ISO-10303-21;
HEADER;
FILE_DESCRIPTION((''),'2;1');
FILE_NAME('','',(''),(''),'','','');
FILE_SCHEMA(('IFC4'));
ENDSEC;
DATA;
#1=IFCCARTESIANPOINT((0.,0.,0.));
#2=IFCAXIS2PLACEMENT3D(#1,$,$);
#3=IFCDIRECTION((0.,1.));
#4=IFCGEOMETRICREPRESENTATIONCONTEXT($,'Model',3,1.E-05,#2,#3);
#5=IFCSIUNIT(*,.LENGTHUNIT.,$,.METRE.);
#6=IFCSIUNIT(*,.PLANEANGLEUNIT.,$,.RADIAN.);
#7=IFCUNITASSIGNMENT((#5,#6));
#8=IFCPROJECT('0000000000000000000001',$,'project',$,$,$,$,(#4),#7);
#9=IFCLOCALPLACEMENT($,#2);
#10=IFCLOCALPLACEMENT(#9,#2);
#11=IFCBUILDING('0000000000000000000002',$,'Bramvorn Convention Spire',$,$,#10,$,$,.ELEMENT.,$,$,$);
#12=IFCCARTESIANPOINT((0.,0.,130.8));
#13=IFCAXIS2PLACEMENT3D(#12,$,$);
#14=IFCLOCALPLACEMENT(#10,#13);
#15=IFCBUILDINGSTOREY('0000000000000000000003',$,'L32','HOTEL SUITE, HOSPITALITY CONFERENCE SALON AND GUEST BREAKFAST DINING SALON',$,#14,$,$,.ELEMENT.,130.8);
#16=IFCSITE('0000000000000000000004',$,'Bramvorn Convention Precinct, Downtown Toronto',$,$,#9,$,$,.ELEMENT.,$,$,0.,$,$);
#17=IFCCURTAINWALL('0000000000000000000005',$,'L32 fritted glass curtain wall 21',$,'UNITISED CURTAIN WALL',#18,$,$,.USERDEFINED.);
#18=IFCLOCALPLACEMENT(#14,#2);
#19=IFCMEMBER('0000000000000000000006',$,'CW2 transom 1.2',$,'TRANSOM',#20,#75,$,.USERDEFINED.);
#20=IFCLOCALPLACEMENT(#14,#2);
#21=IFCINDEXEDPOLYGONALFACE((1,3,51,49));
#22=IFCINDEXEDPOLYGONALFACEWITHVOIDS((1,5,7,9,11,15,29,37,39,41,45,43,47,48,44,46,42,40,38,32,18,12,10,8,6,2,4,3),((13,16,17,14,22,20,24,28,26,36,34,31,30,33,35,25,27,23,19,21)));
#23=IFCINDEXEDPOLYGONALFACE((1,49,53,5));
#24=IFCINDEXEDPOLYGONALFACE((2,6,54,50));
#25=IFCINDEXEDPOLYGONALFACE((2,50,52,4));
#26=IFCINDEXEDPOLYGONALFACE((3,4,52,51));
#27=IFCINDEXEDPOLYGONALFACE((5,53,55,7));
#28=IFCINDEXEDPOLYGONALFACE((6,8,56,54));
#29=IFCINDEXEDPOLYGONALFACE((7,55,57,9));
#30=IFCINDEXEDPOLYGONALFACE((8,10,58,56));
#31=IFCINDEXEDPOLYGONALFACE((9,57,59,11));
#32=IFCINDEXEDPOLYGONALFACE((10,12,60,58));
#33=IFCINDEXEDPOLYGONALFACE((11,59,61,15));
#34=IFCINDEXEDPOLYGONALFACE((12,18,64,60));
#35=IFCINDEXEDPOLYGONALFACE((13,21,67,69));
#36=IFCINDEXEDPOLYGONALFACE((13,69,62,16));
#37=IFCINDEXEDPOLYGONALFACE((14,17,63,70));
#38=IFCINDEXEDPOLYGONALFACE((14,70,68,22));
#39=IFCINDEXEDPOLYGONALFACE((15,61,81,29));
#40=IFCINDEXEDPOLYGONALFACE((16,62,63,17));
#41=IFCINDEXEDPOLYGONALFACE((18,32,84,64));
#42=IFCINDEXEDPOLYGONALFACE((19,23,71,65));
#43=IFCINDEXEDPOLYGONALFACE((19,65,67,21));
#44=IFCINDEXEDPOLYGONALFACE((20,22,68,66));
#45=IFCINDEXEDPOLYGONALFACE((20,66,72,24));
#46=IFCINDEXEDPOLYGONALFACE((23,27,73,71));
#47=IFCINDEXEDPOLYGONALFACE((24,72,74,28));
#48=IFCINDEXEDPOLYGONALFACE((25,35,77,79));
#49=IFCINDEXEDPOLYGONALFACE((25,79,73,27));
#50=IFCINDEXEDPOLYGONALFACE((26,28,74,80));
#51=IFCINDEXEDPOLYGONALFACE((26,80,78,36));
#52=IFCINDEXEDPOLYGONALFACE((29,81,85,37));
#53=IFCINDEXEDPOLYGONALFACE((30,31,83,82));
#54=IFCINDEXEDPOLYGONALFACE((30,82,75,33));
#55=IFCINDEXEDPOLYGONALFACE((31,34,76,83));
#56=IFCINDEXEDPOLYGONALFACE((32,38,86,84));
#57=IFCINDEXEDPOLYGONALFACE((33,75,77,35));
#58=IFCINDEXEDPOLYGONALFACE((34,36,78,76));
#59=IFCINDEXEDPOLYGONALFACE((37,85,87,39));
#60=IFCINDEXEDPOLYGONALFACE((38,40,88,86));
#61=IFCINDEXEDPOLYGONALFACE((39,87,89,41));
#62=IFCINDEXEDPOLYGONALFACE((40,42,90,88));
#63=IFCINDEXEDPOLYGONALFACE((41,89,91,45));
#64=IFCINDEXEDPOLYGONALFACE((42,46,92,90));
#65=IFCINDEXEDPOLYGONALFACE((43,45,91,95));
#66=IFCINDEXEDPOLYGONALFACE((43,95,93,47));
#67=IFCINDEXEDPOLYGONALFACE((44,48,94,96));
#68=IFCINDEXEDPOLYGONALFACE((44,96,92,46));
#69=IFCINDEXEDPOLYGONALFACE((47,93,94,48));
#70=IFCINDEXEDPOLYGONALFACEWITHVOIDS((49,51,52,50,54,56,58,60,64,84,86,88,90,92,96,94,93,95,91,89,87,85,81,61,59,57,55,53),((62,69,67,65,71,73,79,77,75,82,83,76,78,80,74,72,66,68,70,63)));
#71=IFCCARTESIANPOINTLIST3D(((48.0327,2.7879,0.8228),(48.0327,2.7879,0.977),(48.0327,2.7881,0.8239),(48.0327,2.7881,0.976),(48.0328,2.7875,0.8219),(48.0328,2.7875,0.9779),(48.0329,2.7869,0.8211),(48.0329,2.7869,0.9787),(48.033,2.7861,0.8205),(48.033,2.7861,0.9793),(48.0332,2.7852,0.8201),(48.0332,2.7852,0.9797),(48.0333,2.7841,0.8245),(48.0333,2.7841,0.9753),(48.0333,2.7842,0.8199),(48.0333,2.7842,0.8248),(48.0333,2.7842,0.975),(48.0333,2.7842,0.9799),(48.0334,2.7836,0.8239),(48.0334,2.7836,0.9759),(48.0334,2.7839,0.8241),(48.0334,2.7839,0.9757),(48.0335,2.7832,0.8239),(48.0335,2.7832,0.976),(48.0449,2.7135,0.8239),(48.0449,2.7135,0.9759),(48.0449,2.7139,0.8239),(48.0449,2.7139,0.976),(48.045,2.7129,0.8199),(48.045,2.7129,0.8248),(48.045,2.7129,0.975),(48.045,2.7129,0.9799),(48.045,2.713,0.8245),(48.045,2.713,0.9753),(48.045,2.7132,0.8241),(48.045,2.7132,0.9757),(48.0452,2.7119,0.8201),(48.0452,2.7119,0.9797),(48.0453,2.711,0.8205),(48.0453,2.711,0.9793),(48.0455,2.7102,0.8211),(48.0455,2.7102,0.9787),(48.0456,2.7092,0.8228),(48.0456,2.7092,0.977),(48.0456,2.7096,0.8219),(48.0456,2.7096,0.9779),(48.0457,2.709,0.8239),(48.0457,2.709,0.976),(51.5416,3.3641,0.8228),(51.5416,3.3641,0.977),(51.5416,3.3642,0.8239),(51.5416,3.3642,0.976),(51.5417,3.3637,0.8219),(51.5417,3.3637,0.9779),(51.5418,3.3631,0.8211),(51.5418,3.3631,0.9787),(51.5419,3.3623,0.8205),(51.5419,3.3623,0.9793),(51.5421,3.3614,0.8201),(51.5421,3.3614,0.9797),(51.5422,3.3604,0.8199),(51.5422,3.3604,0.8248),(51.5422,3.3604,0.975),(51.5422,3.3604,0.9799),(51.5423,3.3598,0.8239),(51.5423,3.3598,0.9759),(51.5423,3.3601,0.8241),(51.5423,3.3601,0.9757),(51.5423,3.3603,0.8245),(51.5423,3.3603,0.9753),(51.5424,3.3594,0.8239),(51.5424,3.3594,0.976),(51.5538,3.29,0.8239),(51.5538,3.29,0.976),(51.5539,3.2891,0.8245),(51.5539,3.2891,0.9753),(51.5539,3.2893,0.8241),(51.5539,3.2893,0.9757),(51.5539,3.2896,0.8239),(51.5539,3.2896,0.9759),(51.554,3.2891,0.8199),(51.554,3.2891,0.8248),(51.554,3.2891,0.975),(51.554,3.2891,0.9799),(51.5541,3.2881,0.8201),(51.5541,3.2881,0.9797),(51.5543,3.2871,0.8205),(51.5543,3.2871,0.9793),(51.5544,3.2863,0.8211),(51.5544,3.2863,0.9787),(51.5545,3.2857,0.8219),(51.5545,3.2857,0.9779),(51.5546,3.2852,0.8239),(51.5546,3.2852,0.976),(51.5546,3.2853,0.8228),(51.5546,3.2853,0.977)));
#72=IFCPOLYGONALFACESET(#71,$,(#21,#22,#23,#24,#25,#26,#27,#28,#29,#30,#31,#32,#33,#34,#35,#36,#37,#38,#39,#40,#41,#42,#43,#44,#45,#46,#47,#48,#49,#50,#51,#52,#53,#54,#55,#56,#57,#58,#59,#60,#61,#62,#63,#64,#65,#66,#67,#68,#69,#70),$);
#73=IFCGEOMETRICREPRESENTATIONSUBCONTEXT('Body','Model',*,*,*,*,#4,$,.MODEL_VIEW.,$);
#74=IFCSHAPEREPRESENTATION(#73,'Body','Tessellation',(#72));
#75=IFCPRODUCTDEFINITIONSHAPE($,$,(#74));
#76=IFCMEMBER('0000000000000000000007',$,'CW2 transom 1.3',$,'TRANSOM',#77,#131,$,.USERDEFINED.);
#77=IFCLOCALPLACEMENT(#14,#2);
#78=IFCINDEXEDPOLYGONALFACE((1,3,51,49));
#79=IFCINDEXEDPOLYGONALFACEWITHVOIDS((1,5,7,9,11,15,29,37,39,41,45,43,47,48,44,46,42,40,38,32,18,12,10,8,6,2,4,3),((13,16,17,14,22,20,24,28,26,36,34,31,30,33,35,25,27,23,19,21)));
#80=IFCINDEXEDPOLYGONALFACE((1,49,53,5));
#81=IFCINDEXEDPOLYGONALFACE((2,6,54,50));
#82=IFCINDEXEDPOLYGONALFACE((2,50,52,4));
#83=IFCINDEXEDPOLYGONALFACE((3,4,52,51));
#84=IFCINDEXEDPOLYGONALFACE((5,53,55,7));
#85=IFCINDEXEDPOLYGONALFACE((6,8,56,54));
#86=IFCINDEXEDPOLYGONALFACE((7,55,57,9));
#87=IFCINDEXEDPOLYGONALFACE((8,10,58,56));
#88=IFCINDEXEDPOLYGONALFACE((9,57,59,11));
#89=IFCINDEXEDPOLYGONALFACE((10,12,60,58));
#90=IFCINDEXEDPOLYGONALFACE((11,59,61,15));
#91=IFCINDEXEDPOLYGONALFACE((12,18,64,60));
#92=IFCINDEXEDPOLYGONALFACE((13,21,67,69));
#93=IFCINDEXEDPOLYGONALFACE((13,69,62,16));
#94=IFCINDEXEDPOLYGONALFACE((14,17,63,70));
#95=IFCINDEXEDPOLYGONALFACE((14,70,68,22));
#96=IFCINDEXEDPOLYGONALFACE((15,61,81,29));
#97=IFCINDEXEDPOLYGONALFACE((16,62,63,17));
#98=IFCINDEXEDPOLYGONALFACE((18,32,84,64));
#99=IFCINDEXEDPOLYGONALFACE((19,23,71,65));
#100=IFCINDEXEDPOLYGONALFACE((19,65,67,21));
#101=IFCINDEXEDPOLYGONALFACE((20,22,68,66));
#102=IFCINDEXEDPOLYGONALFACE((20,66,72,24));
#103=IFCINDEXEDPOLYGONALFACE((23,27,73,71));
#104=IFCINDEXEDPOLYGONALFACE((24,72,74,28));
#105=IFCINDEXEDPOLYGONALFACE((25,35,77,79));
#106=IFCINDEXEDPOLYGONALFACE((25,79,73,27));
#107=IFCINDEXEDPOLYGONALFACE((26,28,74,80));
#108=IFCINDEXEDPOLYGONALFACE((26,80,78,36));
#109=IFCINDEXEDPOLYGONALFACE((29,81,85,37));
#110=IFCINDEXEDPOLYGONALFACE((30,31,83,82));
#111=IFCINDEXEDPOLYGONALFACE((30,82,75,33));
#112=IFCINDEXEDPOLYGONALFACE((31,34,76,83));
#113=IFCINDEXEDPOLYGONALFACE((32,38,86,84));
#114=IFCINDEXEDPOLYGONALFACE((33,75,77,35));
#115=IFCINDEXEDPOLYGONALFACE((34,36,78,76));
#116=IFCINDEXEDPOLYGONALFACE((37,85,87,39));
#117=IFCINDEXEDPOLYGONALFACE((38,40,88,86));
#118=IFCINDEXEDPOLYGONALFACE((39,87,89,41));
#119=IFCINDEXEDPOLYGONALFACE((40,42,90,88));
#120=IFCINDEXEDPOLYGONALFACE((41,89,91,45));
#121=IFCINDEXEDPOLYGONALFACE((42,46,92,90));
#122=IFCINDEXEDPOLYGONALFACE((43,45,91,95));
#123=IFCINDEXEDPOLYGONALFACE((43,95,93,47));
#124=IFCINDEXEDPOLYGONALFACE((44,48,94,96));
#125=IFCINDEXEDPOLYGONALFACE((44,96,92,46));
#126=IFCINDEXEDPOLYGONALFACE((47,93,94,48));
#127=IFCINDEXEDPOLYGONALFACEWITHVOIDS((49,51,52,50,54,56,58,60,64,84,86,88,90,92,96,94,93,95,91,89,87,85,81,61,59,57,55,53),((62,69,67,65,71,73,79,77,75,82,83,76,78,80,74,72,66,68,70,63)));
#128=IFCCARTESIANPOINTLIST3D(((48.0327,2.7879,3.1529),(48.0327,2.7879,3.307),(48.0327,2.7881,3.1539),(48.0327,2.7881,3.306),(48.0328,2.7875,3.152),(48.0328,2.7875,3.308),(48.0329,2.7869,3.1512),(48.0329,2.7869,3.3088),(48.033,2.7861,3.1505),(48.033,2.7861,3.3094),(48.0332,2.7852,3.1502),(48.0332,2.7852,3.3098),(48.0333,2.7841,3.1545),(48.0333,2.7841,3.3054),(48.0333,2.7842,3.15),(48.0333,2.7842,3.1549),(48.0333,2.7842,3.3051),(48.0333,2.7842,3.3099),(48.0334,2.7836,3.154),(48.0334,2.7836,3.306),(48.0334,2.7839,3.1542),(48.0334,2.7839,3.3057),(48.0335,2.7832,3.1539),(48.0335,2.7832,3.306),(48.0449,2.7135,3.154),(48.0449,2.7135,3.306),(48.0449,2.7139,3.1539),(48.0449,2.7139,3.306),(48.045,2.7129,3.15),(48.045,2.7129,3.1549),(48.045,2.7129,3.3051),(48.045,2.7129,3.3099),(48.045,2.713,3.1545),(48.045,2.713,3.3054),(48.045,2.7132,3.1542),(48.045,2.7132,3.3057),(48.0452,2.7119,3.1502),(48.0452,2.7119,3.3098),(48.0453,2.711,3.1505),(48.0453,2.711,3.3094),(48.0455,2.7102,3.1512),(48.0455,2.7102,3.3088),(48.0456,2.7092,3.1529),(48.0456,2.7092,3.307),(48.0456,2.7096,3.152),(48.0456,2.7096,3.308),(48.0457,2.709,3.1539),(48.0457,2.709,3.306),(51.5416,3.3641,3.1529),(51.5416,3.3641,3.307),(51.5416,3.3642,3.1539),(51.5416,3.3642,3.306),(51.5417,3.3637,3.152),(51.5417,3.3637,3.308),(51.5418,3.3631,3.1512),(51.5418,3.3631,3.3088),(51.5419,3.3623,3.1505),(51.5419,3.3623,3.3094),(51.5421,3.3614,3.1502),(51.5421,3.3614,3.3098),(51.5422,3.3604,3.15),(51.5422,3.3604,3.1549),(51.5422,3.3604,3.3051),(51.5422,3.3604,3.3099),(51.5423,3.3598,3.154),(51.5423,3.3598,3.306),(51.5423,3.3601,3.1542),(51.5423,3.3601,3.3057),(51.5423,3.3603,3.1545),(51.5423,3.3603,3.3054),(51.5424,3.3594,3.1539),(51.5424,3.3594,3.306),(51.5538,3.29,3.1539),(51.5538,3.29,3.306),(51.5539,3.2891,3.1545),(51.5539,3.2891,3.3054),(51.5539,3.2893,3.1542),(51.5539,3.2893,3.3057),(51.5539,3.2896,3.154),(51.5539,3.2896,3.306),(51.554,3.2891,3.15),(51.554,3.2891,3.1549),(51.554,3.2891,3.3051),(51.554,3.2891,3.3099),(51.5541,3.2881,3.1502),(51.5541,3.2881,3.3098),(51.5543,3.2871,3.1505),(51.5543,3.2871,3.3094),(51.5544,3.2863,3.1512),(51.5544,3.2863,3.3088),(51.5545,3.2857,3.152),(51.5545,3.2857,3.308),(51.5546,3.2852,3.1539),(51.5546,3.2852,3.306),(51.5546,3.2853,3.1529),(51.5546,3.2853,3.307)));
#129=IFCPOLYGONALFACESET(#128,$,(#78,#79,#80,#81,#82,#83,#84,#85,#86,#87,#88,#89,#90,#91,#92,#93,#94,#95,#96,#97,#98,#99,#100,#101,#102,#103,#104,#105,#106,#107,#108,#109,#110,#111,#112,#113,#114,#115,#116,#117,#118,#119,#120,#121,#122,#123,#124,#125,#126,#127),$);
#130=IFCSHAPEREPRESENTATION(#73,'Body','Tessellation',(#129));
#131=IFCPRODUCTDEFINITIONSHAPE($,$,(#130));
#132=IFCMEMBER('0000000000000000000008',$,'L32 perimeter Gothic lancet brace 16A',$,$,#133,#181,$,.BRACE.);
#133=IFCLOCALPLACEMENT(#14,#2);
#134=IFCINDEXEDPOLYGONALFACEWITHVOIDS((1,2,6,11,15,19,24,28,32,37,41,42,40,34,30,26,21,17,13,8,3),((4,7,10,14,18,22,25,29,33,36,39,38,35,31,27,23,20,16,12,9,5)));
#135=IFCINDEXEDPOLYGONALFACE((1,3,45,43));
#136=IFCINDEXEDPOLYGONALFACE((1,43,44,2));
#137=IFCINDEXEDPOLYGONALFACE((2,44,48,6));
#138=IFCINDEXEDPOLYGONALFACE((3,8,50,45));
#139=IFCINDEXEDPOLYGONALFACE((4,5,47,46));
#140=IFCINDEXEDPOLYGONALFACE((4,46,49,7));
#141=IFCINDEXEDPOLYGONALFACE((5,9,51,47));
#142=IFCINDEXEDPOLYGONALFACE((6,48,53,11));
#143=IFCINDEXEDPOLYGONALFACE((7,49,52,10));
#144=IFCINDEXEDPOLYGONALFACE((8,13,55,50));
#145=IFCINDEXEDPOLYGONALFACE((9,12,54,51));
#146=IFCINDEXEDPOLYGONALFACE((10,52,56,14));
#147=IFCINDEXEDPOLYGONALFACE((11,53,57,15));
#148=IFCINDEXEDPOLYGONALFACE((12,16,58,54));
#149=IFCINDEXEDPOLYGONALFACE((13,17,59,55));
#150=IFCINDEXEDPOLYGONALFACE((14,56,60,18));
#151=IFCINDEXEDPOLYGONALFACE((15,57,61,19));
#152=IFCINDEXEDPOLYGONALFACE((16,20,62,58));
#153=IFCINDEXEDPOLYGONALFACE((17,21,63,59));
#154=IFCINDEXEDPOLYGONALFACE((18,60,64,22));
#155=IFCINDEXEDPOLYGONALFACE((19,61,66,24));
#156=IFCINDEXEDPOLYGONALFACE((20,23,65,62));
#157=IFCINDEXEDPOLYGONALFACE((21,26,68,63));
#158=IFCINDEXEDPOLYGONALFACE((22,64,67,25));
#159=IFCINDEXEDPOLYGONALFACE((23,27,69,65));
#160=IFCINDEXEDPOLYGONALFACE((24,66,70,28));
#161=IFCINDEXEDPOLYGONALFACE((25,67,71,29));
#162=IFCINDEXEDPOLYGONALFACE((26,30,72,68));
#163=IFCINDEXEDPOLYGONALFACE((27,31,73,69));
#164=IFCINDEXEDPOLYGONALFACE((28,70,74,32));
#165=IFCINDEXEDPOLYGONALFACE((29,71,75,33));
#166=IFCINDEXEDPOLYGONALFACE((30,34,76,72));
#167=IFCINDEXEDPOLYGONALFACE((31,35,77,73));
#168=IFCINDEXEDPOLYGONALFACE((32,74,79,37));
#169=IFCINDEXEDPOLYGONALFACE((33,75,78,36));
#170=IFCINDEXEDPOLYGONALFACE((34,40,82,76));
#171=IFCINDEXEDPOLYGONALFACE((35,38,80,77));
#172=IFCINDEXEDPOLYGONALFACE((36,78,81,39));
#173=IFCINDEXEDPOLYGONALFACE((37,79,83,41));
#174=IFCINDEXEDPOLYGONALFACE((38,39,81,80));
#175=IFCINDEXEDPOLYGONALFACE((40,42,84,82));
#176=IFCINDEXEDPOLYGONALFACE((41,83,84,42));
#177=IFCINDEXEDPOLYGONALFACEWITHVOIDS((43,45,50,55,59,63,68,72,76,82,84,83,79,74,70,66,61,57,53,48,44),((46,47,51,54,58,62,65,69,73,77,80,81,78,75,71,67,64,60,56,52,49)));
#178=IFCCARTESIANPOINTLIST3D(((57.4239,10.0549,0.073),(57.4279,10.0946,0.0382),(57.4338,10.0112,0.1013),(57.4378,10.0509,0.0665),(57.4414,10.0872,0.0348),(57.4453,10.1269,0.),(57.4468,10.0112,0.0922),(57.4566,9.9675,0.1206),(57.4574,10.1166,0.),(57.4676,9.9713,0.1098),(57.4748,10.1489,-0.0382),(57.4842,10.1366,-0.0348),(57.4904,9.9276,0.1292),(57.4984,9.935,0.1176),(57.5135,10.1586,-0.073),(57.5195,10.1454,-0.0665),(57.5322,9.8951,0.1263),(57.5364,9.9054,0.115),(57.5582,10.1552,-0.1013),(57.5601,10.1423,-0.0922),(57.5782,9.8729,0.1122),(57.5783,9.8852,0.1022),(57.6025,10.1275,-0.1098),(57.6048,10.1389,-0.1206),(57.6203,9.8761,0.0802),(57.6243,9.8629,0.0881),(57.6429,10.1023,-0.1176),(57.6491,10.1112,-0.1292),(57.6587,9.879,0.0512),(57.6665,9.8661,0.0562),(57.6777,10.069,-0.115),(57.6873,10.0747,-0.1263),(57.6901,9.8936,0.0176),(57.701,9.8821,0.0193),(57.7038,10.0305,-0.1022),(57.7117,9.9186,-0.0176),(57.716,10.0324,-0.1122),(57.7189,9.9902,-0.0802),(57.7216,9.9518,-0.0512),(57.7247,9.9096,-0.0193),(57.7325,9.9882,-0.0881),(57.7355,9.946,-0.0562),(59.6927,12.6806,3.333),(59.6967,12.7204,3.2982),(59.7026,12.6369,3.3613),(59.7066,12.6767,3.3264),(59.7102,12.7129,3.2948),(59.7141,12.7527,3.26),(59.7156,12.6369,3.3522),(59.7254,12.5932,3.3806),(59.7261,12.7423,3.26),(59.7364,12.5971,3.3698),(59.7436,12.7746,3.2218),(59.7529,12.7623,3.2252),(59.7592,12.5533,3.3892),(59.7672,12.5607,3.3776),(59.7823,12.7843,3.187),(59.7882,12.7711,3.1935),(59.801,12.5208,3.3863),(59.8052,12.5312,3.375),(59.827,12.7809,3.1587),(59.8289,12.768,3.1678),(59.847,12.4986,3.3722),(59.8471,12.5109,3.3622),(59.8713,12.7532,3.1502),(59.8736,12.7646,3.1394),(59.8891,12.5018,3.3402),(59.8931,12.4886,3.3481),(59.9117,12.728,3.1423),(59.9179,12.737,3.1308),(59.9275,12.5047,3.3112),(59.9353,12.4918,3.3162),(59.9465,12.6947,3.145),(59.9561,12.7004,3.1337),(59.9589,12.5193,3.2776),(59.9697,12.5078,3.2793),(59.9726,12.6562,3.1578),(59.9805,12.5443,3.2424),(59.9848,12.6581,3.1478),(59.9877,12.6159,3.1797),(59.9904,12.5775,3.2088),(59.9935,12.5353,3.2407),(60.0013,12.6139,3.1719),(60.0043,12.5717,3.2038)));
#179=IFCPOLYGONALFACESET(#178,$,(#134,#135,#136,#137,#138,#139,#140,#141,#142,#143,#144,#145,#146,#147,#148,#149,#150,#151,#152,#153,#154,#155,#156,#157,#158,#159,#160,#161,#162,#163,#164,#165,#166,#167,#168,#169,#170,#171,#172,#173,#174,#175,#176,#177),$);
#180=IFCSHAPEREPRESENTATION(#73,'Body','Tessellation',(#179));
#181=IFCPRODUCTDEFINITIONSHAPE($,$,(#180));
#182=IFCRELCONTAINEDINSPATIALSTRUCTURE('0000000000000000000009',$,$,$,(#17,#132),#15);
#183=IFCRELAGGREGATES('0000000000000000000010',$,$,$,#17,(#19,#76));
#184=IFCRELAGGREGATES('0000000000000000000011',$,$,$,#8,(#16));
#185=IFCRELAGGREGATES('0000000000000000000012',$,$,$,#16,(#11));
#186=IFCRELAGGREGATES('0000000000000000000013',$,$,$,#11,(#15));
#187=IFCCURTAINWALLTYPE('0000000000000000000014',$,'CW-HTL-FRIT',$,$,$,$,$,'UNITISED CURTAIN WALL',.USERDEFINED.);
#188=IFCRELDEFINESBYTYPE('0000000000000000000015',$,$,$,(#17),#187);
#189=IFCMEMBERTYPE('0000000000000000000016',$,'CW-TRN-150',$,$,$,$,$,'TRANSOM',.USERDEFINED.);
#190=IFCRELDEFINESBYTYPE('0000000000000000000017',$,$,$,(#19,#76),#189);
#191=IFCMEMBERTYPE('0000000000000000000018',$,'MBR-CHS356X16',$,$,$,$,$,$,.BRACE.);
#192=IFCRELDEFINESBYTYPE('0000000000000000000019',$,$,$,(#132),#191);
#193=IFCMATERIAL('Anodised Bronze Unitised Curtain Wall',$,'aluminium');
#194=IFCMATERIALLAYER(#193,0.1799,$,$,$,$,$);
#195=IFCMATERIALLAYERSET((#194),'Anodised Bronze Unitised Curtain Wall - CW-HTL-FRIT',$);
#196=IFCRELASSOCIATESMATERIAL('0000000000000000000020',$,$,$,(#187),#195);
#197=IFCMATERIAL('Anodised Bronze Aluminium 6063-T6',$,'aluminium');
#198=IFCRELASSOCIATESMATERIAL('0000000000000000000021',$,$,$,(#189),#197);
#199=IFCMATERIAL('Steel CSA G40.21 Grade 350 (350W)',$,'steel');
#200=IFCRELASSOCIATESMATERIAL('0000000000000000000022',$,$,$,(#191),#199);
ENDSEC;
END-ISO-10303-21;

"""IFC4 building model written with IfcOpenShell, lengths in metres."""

from ifc_helpers import new_model, si_unit, direction, frame, origin, origin_2d, place, context, subcontext, project, spatial, hollow_rectangle, hollow_circle, extrude, material, layer, layer_set, material_profile, profile_set, type_object, element, aggregate, save


model = new_model("IFC4")

# Units and contexts
model_context = context("Model", 3, precision=1e-05, world=origin(), true_north=direction((0.0, 1.0)))
body_context = subcontext(model_context, "Body", "Model", "MODEL_VIEW")
ifc_project = project(units=[si_unit("LENGTHUNIT", "METRE"), si_unit("PLANEANGLEUNIT", "RADIAN")], contexts=[model_context])

# Site, building, storey
site_placement = place(None, origin())
site = spatial("IfcSite", under=ifc_project, at=site_placement, Name="Bramvorn Convention Precinct, Downtown Toronto", CompositionType="ELEMENT", RefElevation=0.0)
building_placement = place(site_placement, origin())
building = spatial("IfcBuilding", under=site, at=building_placement, Name="Bramvorn Convention Spire", CompositionType="ELEMENT")
storey_placement = place(building_placement, frame((0.0, 0.0, 130.8)))
storey = spatial("IfcBuildingStorey", under=building, at=storey_placement, Name="L32", Description="HOTEL SUITE, HOSPITALITY CONFERENCE SALON AND GUEST BREAKFAST DINING SALON", CompositionType="ELEMENT", Elevation=130.8)

# Shared definitions
ifc_material_1 = material(Name="Steel CSA G40.21 Grade 350 (350W)", Category="steel")

# Shared definitions
ifc_material_2 = material(Name="Anodised Bronze Unitised Curtain Wall", Category="aluminium")
ifc_layer_1 = layer(ifc_material_2, 0.1799)
ifc_layer_set_1 = layer_set([ifc_layer_1], Name="Anodised Bronze Unitised Curtain Wall - CW-HTL-FRIT")
curtain_wall_type = type_object("IfcCurtainWallType", Name="CW-HTL-FRIT", ElementType="UNITISED CURTAIN WALL", PredefinedType="USERDEFINED", material=ifc_layer_set_1)
ifc_material_3 = material(Name="Anodised Bronze Aluminium 6063-T6", Category="aluminium")

# Curtain wall, members
curtain_wall_1_placement = place(storey_placement, origin())
curtain_wall_1 = element("IfcCurtainWall", 1, at=curtain_wall_1_placement, inside=storey, type_object=curtain_wall_type, Name="L32 fritted glass curtain wall 21", ObjectType="UNITISED CURTAIN WALL", PredefinedType="USERDEFINED")
ifc_material_profile_1 = material_profile(ifc_material_3, hollow_rectangle(XDim=0.0801, YDim=0.1599, WallThickness=0.0039, InnerFilletRadius=0.001, OuterFilletRadius=0.0039, at=origin_2d()))
ifc_profile_set_1 = profile_set([ifc_material_profile_1], Name="Anodised Bronze Aluminium 6063-T6 - CWT80X160")
member_type_1 = type_object("IfcMemberType", Name="CW-TRN-150", ElementType="TRANSOM", PredefinedType="USERDEFINED", material=ifc_profile_set_1)
member_1_placement = place(storey_placement, frame((51.5481, 3.3247, 0.8999), z_axis=(-0.986786, -0.162027, 0.0), x_axis=(0.162027, -0.986786, 0.0)))
member_1 = element("IfcMember", 2, at=member_1_placement, type_object=member_type_1, Name="CW2 transom 1.2", ObjectType="TRANSOM", PredefinedType="USERDEFINED", context=body_context, shape_type="SweptSolid", body=[
    extrude(hollow_rectangle(XDim=0.0801, YDim=0.1599, WallThickness=0.0039, InnerFilletRadius=0.001, OuterFilletRadius=0.0039, at=origin_2d()), origin(), (0.0, 0.0, 1.0), 3.5559),
])
member_2_placement = place(storey_placement, frame((51.5481, 3.3247, 3.23), z_axis=(-0.986786, -0.162027, 0.0), x_axis=(0.162027, -0.986786, 0.0)))
member_2 = element("IfcMember", 3, at=member_2_placement, type_object=member_type_1, Name="CW2 transom 1.3", ObjectType="TRANSOM", PredefinedType="USERDEFINED", context=body_context, shape_type="SweptSolid", body=[
    extrude(hollow_rectangle(XDim=0.0801, YDim=0.1599, WallThickness=0.0039, InnerFilletRadius=0.001, OuterFilletRadius=0.0039, at=origin_2d()), origin(), (0.0, 0.0, 1.0), 3.5559),
])

# Member
ifc_material_profile_2 = material_profile(ifc_material_1, hollow_circle(Radius=0.1777, WallThickness=0.0159, at=origin_2d()))
ifc_profile_set_2 = profile_set([ifc_material_profile_2], Name="Steel CSA G40.21 Grade 350 (350W) - CHS356X16")
member_type_2 = type_object("IfcMemberType", Name="MBR-CHS356X16", PredefinedType="BRACE", material=ifc_profile_set_2)
member_3_placement = place(storey_placement, frame((57.5798, 10.0107, 0.0), z_axis=(0.476512, 0.551479, 0.684695), x_axis=(-0.756663, 0.653805, 0.0)))
element("IfcMember", 4, at=member_3_placement, inside=storey, type_object=member_type_2, Name="L32 perimeter Gothic lancet brace 16A", PredefinedType="BRACE", context=body_context, shape_type="SweptSolid", body=[
    extrude(hollow_circle(Radius=0.1777, WallThickness=0.0159, at=origin_2d()), origin(), (0.0, 0.0, 1.0), 4.7612),
])

aggregate(curtain_wall_1, [member_1, member_2])

save(model, "model.ifc")
